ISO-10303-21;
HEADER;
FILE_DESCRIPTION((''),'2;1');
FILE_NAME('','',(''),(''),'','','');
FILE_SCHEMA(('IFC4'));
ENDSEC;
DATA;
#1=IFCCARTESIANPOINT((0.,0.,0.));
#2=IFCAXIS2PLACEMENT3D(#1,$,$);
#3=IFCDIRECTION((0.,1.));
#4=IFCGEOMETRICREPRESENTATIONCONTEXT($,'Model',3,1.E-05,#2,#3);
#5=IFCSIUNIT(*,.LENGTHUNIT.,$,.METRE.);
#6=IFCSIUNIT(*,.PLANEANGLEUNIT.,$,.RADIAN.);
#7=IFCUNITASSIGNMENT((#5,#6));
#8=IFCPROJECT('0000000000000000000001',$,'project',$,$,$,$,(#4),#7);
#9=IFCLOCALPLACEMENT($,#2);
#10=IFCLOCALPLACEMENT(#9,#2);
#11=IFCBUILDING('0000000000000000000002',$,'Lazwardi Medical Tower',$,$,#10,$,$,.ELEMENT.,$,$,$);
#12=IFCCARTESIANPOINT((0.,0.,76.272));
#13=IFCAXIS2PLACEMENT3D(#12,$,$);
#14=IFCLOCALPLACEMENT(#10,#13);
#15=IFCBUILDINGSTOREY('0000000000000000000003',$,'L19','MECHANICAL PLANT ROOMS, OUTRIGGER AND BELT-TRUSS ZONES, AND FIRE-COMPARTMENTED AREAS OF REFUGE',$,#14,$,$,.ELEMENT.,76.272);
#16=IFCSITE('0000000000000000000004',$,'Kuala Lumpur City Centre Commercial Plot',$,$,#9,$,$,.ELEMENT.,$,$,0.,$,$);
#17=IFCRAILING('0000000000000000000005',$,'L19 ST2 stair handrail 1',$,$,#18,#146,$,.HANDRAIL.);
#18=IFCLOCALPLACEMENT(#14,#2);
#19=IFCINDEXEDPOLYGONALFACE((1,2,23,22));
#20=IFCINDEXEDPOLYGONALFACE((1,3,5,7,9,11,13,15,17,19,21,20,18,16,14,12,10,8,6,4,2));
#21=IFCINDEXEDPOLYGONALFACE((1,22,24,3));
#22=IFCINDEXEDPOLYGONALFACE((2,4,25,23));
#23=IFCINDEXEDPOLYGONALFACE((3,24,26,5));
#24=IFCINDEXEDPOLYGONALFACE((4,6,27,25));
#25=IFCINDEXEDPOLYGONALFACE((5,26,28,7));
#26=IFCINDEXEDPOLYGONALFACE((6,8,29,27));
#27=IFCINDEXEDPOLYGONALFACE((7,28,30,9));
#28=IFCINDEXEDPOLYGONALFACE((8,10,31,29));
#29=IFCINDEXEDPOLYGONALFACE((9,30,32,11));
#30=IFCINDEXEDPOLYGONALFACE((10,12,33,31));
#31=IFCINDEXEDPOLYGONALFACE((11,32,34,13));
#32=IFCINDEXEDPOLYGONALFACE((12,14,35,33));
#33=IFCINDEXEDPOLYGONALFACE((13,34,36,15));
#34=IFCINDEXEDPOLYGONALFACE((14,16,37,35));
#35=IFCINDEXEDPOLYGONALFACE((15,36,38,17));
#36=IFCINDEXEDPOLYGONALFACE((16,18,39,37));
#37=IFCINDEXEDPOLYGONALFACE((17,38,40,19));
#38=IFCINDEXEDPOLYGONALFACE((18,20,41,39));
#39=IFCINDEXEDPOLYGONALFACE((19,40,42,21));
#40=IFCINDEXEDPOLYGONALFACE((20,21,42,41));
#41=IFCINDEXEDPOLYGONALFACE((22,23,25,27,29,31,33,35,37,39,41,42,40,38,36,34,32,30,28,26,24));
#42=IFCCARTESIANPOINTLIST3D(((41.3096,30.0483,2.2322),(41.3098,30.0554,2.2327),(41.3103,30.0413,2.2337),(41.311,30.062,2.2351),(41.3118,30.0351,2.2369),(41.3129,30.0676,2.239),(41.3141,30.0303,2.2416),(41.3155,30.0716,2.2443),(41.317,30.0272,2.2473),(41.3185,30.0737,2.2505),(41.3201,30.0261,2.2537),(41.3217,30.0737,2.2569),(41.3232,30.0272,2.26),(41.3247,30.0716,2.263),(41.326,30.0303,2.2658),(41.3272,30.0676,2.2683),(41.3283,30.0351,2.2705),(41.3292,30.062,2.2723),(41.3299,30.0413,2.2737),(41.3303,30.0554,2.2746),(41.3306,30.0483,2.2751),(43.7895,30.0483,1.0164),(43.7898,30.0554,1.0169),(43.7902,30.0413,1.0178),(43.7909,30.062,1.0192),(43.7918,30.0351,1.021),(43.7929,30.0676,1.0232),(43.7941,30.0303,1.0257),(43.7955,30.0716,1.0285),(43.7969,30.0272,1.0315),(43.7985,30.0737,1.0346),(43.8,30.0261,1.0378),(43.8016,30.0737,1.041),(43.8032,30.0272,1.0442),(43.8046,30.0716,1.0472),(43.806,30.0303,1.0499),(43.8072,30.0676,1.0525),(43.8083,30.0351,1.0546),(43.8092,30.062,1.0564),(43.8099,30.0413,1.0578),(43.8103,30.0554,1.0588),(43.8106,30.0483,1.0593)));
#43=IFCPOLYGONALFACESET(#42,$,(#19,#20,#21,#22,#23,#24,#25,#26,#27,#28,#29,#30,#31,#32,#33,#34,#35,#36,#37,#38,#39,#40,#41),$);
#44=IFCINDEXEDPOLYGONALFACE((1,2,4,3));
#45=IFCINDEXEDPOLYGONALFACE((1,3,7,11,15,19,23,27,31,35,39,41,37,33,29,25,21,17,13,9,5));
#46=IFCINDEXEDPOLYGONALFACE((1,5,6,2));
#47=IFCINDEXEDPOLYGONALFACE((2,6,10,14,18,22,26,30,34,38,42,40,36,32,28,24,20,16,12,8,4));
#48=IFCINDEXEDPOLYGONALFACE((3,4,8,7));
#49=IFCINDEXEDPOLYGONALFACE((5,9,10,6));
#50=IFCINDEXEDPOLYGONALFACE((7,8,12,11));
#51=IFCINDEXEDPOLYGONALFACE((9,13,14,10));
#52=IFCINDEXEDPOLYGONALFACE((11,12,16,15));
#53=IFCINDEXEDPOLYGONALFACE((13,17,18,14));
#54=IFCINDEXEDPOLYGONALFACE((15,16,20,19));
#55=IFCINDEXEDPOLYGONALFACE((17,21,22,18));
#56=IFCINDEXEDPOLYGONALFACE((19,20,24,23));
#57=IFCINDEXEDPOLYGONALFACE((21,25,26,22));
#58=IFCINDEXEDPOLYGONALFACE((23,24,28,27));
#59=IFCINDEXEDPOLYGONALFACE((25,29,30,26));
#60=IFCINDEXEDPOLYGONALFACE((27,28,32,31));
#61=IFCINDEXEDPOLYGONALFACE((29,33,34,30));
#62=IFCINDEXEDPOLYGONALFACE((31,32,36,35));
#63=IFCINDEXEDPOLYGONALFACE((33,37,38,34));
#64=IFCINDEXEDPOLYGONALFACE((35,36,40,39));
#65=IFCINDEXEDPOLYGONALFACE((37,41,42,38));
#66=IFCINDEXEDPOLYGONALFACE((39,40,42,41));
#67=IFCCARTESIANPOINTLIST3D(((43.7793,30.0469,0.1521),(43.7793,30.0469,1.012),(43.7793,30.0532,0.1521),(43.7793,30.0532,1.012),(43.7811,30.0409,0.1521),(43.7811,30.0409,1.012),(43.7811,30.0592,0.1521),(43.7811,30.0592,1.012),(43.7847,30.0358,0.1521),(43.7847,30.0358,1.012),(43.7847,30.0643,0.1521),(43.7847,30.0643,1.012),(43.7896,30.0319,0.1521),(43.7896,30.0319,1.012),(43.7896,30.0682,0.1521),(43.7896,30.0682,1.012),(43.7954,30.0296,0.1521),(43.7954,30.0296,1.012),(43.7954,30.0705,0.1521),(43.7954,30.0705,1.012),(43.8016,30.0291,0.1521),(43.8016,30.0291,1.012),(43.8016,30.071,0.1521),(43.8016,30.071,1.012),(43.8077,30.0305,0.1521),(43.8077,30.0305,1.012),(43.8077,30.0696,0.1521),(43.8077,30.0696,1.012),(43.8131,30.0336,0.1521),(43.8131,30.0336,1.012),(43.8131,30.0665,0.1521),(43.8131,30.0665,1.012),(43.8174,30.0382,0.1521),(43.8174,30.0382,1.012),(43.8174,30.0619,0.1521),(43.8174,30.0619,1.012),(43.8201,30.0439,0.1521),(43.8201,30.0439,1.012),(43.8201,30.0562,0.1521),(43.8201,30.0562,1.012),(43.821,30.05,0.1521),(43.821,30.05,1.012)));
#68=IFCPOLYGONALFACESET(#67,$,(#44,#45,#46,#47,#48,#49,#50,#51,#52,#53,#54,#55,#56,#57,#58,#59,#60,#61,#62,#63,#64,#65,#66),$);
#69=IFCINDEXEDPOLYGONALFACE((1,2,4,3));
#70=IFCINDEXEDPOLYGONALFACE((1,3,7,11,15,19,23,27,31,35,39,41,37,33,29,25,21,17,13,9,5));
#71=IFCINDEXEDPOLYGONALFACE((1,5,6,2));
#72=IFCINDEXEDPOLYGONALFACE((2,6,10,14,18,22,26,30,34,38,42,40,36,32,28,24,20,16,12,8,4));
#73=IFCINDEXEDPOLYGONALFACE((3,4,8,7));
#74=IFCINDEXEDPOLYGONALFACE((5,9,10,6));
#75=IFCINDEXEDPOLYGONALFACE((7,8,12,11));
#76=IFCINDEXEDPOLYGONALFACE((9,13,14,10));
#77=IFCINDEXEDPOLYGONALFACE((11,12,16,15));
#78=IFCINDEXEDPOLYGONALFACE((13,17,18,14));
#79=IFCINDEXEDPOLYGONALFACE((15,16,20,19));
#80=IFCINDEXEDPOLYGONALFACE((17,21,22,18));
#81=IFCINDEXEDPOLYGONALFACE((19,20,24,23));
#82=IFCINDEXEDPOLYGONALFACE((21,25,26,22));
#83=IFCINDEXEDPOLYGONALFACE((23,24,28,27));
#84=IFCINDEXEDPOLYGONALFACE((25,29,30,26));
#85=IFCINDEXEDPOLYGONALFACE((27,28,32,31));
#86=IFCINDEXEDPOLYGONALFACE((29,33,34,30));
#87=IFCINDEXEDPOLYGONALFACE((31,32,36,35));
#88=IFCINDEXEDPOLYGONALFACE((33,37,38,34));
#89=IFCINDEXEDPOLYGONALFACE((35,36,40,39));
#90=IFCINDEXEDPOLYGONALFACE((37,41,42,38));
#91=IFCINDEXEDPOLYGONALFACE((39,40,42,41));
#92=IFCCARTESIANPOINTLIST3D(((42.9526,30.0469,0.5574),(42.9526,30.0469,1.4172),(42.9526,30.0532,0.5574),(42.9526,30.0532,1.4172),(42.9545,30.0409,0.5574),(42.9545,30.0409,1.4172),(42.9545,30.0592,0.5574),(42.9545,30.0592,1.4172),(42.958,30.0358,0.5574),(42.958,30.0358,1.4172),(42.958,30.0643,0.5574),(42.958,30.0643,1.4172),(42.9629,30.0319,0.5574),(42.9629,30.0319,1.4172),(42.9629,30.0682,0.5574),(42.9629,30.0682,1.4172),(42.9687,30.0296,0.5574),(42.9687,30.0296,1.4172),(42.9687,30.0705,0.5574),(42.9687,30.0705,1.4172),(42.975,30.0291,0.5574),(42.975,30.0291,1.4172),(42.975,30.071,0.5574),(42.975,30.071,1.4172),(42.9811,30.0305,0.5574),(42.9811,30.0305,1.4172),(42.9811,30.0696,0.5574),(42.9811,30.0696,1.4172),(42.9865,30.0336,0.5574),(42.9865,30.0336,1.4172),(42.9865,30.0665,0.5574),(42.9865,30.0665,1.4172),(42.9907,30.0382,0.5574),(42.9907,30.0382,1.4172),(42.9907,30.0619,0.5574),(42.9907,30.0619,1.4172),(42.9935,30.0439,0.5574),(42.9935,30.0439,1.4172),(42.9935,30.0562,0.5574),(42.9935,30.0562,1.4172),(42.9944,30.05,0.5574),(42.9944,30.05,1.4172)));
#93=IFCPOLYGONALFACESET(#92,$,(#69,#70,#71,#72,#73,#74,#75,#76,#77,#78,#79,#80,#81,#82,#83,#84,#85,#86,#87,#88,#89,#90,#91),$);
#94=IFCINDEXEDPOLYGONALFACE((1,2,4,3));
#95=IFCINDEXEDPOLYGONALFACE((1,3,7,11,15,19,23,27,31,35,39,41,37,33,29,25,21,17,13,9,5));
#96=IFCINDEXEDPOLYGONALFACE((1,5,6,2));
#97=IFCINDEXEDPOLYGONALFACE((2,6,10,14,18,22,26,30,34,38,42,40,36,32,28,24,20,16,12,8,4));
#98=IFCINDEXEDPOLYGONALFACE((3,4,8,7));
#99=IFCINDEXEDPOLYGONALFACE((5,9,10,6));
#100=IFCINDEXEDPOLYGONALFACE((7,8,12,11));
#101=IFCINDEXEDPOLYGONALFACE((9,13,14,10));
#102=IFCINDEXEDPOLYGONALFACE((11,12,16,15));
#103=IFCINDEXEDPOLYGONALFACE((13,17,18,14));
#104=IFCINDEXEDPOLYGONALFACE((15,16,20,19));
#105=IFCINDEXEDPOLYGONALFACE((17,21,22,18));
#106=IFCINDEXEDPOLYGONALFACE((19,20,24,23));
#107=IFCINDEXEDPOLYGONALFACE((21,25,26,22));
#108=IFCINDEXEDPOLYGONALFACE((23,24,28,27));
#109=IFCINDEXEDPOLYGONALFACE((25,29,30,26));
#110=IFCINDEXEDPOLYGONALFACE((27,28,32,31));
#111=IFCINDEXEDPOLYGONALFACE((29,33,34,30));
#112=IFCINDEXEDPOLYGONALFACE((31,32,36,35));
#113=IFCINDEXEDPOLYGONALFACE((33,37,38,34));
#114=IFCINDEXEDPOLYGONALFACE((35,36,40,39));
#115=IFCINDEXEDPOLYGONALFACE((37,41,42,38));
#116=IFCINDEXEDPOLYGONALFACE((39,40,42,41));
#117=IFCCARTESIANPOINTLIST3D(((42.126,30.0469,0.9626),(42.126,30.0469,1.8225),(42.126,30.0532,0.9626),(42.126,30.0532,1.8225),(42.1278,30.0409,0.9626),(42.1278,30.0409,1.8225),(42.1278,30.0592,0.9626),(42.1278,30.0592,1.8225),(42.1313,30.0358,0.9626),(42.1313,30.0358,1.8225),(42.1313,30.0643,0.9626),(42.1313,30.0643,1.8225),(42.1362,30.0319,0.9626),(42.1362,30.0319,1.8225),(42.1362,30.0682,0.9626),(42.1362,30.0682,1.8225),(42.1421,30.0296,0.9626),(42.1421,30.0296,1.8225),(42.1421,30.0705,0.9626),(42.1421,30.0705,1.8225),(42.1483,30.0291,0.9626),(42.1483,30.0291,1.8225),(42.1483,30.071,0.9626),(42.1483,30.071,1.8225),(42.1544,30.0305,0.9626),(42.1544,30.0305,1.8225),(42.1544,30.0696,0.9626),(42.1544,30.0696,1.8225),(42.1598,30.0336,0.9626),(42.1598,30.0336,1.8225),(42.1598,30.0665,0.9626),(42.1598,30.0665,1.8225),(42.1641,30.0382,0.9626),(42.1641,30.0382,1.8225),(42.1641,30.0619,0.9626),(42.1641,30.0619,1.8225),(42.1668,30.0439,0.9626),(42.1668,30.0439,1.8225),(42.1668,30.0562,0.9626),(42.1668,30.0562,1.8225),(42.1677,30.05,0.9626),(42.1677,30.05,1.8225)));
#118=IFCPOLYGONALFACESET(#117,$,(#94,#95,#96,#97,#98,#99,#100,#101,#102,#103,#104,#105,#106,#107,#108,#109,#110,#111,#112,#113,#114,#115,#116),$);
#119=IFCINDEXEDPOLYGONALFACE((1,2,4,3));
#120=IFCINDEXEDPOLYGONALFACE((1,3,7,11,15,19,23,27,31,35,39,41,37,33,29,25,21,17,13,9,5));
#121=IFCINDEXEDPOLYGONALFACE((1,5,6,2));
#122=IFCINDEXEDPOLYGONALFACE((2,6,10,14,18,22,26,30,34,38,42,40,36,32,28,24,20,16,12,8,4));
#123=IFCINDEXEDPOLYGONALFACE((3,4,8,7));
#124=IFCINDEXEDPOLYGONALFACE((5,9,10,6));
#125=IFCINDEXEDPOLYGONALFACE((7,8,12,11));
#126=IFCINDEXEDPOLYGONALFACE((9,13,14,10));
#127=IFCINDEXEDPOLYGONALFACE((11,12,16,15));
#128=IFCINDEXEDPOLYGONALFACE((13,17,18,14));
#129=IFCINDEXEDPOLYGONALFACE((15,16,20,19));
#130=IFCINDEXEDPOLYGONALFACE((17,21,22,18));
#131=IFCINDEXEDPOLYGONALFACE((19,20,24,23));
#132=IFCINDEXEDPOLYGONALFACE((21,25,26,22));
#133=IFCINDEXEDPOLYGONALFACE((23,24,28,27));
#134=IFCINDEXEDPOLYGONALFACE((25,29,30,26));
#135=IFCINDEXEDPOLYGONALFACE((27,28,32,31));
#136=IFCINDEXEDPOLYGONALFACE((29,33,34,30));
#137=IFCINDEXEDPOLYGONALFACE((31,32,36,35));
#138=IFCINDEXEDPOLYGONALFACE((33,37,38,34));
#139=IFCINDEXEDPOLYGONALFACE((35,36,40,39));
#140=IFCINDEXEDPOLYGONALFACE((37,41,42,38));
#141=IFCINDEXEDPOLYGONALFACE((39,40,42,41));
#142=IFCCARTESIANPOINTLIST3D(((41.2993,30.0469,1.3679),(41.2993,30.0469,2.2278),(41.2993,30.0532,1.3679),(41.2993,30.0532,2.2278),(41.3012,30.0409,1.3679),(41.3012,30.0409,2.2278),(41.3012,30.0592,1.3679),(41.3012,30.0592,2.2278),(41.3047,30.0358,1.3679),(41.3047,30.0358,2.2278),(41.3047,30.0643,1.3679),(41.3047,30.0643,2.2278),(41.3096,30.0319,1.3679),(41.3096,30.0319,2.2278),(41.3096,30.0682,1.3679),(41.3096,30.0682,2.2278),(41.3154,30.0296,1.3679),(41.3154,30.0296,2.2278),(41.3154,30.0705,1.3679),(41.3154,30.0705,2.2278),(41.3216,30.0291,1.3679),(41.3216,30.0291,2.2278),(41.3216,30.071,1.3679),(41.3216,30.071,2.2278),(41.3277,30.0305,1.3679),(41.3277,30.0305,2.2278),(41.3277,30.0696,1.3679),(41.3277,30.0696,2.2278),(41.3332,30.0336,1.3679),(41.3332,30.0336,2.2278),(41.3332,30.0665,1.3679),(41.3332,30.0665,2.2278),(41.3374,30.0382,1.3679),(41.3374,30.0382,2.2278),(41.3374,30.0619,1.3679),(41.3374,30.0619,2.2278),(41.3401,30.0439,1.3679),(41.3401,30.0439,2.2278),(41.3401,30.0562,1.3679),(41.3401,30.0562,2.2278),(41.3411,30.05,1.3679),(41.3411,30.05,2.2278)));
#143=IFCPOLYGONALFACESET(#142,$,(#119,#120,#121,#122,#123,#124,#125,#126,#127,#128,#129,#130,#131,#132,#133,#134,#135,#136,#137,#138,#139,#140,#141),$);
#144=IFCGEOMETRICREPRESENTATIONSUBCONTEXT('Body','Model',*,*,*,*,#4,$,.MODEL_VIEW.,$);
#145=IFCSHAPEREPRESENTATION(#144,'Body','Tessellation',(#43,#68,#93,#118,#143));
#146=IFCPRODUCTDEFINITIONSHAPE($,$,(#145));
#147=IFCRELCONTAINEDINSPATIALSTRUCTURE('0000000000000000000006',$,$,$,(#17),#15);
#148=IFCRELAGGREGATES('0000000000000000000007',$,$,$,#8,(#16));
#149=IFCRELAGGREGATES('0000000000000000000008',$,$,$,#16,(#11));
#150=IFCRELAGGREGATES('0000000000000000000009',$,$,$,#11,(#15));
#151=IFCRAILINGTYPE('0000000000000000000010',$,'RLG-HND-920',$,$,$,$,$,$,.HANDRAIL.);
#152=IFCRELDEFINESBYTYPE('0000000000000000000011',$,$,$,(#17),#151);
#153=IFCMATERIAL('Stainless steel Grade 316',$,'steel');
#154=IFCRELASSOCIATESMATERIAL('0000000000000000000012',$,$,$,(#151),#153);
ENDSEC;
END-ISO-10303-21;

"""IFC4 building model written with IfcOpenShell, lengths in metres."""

from ifc_helpers import new_model, si_unit, direction, frame, origin, origin_2d, place, context, subcontext, project, spatial, circle, extrude, material, type_object, element, save


model = new_model("IFC4")

# Units and contexts
model_context = context("Model", 3, precision=1e-05, world=origin(), true_north=direction((0.0, 1.0)))
body_context = subcontext(model_context, "Body", "Model", "MODEL_VIEW")
ifc_project = project(units=[si_unit("LENGTHUNIT", "METRE"), si_unit("PLANEANGLEUNIT", "RADIAN")], contexts=[model_context])

# Site, building, storey
site_placement = place(None, origin())
site = spatial("IfcSite", under=ifc_project, at=site_placement, Name="Kuala Lumpur City Centre Commercial Plot", CompositionType="ELEMENT", RefElevation=0.0)
building_placement = place(site_placement, origin())
building = spatial("IfcBuilding", under=site, at=building_placement, Name="Lazwardi Medical Tower", CompositionType="ELEMENT")
storey_placement = place(building_placement, frame((0.0, 0.0, 76.272)))
storey = spatial("IfcBuildingStorey", under=building, at=storey_placement, Name="L19", Description="MECHANICAL PLANT ROOMS, OUTRIGGER AND BELT-TRUSS ZONES, AND FIRE-COMPARTMENTED AREAS OF REFUGE", CompositionType="ELEMENT", Elevation=76.272)

# Railing
ifc_material_1 = material(Name="Stainless steel Grade 316", Category="steel")
railing_type_1 = type_object("IfcRailingType", Name="RLG-HND-920", PredefinedType="HANDRAIL", material=ifc_material_1)
railing_1_placement = place(storey_placement, frame((43.8, 30.05, 0.1521)))
element("IfcRailing", 1, at=railing_1_placement, inside=storey, type_object=railing_type_1, Name="L19 ST2 stair handrail 1", PredefinedType="HANDRAIL", context=body_context, shape_type="SweptSolid", body=[
    extrude(circle(Radius=0.0239, at=origin_2d()), frame((0.0, 0.0, 0.8857), z_axis=(-0.8979, 0.0, 0.440199), x_axis=(0.0, -1.0, 0.0)), (0.0, 0.0, 1.0), 2.762),
    extrude(circle(Radius=0.021, at=origin_2d()), origin(), (0.0, 0.0, 1.0), 0.8599),
    extrude(circle(Radius=0.021, at=origin_2d()), frame((-0.8267, 0.0, 0.4053)), (0.0, 0.0, 1.0), 0.8599),
    extrude(circle(Radius=0.021, at=origin_2d()), frame((-1.6533, 0.0, 0.8105)), (0.0, 0.0, 1.0), 0.8599),
    extrude(circle(Radius=0.021, at=origin_2d()), frame((-2.48, 0.0, 1.2158)), (0.0, 0.0, 1.0), 0.8599),
])

save(model, "model.ifc")
